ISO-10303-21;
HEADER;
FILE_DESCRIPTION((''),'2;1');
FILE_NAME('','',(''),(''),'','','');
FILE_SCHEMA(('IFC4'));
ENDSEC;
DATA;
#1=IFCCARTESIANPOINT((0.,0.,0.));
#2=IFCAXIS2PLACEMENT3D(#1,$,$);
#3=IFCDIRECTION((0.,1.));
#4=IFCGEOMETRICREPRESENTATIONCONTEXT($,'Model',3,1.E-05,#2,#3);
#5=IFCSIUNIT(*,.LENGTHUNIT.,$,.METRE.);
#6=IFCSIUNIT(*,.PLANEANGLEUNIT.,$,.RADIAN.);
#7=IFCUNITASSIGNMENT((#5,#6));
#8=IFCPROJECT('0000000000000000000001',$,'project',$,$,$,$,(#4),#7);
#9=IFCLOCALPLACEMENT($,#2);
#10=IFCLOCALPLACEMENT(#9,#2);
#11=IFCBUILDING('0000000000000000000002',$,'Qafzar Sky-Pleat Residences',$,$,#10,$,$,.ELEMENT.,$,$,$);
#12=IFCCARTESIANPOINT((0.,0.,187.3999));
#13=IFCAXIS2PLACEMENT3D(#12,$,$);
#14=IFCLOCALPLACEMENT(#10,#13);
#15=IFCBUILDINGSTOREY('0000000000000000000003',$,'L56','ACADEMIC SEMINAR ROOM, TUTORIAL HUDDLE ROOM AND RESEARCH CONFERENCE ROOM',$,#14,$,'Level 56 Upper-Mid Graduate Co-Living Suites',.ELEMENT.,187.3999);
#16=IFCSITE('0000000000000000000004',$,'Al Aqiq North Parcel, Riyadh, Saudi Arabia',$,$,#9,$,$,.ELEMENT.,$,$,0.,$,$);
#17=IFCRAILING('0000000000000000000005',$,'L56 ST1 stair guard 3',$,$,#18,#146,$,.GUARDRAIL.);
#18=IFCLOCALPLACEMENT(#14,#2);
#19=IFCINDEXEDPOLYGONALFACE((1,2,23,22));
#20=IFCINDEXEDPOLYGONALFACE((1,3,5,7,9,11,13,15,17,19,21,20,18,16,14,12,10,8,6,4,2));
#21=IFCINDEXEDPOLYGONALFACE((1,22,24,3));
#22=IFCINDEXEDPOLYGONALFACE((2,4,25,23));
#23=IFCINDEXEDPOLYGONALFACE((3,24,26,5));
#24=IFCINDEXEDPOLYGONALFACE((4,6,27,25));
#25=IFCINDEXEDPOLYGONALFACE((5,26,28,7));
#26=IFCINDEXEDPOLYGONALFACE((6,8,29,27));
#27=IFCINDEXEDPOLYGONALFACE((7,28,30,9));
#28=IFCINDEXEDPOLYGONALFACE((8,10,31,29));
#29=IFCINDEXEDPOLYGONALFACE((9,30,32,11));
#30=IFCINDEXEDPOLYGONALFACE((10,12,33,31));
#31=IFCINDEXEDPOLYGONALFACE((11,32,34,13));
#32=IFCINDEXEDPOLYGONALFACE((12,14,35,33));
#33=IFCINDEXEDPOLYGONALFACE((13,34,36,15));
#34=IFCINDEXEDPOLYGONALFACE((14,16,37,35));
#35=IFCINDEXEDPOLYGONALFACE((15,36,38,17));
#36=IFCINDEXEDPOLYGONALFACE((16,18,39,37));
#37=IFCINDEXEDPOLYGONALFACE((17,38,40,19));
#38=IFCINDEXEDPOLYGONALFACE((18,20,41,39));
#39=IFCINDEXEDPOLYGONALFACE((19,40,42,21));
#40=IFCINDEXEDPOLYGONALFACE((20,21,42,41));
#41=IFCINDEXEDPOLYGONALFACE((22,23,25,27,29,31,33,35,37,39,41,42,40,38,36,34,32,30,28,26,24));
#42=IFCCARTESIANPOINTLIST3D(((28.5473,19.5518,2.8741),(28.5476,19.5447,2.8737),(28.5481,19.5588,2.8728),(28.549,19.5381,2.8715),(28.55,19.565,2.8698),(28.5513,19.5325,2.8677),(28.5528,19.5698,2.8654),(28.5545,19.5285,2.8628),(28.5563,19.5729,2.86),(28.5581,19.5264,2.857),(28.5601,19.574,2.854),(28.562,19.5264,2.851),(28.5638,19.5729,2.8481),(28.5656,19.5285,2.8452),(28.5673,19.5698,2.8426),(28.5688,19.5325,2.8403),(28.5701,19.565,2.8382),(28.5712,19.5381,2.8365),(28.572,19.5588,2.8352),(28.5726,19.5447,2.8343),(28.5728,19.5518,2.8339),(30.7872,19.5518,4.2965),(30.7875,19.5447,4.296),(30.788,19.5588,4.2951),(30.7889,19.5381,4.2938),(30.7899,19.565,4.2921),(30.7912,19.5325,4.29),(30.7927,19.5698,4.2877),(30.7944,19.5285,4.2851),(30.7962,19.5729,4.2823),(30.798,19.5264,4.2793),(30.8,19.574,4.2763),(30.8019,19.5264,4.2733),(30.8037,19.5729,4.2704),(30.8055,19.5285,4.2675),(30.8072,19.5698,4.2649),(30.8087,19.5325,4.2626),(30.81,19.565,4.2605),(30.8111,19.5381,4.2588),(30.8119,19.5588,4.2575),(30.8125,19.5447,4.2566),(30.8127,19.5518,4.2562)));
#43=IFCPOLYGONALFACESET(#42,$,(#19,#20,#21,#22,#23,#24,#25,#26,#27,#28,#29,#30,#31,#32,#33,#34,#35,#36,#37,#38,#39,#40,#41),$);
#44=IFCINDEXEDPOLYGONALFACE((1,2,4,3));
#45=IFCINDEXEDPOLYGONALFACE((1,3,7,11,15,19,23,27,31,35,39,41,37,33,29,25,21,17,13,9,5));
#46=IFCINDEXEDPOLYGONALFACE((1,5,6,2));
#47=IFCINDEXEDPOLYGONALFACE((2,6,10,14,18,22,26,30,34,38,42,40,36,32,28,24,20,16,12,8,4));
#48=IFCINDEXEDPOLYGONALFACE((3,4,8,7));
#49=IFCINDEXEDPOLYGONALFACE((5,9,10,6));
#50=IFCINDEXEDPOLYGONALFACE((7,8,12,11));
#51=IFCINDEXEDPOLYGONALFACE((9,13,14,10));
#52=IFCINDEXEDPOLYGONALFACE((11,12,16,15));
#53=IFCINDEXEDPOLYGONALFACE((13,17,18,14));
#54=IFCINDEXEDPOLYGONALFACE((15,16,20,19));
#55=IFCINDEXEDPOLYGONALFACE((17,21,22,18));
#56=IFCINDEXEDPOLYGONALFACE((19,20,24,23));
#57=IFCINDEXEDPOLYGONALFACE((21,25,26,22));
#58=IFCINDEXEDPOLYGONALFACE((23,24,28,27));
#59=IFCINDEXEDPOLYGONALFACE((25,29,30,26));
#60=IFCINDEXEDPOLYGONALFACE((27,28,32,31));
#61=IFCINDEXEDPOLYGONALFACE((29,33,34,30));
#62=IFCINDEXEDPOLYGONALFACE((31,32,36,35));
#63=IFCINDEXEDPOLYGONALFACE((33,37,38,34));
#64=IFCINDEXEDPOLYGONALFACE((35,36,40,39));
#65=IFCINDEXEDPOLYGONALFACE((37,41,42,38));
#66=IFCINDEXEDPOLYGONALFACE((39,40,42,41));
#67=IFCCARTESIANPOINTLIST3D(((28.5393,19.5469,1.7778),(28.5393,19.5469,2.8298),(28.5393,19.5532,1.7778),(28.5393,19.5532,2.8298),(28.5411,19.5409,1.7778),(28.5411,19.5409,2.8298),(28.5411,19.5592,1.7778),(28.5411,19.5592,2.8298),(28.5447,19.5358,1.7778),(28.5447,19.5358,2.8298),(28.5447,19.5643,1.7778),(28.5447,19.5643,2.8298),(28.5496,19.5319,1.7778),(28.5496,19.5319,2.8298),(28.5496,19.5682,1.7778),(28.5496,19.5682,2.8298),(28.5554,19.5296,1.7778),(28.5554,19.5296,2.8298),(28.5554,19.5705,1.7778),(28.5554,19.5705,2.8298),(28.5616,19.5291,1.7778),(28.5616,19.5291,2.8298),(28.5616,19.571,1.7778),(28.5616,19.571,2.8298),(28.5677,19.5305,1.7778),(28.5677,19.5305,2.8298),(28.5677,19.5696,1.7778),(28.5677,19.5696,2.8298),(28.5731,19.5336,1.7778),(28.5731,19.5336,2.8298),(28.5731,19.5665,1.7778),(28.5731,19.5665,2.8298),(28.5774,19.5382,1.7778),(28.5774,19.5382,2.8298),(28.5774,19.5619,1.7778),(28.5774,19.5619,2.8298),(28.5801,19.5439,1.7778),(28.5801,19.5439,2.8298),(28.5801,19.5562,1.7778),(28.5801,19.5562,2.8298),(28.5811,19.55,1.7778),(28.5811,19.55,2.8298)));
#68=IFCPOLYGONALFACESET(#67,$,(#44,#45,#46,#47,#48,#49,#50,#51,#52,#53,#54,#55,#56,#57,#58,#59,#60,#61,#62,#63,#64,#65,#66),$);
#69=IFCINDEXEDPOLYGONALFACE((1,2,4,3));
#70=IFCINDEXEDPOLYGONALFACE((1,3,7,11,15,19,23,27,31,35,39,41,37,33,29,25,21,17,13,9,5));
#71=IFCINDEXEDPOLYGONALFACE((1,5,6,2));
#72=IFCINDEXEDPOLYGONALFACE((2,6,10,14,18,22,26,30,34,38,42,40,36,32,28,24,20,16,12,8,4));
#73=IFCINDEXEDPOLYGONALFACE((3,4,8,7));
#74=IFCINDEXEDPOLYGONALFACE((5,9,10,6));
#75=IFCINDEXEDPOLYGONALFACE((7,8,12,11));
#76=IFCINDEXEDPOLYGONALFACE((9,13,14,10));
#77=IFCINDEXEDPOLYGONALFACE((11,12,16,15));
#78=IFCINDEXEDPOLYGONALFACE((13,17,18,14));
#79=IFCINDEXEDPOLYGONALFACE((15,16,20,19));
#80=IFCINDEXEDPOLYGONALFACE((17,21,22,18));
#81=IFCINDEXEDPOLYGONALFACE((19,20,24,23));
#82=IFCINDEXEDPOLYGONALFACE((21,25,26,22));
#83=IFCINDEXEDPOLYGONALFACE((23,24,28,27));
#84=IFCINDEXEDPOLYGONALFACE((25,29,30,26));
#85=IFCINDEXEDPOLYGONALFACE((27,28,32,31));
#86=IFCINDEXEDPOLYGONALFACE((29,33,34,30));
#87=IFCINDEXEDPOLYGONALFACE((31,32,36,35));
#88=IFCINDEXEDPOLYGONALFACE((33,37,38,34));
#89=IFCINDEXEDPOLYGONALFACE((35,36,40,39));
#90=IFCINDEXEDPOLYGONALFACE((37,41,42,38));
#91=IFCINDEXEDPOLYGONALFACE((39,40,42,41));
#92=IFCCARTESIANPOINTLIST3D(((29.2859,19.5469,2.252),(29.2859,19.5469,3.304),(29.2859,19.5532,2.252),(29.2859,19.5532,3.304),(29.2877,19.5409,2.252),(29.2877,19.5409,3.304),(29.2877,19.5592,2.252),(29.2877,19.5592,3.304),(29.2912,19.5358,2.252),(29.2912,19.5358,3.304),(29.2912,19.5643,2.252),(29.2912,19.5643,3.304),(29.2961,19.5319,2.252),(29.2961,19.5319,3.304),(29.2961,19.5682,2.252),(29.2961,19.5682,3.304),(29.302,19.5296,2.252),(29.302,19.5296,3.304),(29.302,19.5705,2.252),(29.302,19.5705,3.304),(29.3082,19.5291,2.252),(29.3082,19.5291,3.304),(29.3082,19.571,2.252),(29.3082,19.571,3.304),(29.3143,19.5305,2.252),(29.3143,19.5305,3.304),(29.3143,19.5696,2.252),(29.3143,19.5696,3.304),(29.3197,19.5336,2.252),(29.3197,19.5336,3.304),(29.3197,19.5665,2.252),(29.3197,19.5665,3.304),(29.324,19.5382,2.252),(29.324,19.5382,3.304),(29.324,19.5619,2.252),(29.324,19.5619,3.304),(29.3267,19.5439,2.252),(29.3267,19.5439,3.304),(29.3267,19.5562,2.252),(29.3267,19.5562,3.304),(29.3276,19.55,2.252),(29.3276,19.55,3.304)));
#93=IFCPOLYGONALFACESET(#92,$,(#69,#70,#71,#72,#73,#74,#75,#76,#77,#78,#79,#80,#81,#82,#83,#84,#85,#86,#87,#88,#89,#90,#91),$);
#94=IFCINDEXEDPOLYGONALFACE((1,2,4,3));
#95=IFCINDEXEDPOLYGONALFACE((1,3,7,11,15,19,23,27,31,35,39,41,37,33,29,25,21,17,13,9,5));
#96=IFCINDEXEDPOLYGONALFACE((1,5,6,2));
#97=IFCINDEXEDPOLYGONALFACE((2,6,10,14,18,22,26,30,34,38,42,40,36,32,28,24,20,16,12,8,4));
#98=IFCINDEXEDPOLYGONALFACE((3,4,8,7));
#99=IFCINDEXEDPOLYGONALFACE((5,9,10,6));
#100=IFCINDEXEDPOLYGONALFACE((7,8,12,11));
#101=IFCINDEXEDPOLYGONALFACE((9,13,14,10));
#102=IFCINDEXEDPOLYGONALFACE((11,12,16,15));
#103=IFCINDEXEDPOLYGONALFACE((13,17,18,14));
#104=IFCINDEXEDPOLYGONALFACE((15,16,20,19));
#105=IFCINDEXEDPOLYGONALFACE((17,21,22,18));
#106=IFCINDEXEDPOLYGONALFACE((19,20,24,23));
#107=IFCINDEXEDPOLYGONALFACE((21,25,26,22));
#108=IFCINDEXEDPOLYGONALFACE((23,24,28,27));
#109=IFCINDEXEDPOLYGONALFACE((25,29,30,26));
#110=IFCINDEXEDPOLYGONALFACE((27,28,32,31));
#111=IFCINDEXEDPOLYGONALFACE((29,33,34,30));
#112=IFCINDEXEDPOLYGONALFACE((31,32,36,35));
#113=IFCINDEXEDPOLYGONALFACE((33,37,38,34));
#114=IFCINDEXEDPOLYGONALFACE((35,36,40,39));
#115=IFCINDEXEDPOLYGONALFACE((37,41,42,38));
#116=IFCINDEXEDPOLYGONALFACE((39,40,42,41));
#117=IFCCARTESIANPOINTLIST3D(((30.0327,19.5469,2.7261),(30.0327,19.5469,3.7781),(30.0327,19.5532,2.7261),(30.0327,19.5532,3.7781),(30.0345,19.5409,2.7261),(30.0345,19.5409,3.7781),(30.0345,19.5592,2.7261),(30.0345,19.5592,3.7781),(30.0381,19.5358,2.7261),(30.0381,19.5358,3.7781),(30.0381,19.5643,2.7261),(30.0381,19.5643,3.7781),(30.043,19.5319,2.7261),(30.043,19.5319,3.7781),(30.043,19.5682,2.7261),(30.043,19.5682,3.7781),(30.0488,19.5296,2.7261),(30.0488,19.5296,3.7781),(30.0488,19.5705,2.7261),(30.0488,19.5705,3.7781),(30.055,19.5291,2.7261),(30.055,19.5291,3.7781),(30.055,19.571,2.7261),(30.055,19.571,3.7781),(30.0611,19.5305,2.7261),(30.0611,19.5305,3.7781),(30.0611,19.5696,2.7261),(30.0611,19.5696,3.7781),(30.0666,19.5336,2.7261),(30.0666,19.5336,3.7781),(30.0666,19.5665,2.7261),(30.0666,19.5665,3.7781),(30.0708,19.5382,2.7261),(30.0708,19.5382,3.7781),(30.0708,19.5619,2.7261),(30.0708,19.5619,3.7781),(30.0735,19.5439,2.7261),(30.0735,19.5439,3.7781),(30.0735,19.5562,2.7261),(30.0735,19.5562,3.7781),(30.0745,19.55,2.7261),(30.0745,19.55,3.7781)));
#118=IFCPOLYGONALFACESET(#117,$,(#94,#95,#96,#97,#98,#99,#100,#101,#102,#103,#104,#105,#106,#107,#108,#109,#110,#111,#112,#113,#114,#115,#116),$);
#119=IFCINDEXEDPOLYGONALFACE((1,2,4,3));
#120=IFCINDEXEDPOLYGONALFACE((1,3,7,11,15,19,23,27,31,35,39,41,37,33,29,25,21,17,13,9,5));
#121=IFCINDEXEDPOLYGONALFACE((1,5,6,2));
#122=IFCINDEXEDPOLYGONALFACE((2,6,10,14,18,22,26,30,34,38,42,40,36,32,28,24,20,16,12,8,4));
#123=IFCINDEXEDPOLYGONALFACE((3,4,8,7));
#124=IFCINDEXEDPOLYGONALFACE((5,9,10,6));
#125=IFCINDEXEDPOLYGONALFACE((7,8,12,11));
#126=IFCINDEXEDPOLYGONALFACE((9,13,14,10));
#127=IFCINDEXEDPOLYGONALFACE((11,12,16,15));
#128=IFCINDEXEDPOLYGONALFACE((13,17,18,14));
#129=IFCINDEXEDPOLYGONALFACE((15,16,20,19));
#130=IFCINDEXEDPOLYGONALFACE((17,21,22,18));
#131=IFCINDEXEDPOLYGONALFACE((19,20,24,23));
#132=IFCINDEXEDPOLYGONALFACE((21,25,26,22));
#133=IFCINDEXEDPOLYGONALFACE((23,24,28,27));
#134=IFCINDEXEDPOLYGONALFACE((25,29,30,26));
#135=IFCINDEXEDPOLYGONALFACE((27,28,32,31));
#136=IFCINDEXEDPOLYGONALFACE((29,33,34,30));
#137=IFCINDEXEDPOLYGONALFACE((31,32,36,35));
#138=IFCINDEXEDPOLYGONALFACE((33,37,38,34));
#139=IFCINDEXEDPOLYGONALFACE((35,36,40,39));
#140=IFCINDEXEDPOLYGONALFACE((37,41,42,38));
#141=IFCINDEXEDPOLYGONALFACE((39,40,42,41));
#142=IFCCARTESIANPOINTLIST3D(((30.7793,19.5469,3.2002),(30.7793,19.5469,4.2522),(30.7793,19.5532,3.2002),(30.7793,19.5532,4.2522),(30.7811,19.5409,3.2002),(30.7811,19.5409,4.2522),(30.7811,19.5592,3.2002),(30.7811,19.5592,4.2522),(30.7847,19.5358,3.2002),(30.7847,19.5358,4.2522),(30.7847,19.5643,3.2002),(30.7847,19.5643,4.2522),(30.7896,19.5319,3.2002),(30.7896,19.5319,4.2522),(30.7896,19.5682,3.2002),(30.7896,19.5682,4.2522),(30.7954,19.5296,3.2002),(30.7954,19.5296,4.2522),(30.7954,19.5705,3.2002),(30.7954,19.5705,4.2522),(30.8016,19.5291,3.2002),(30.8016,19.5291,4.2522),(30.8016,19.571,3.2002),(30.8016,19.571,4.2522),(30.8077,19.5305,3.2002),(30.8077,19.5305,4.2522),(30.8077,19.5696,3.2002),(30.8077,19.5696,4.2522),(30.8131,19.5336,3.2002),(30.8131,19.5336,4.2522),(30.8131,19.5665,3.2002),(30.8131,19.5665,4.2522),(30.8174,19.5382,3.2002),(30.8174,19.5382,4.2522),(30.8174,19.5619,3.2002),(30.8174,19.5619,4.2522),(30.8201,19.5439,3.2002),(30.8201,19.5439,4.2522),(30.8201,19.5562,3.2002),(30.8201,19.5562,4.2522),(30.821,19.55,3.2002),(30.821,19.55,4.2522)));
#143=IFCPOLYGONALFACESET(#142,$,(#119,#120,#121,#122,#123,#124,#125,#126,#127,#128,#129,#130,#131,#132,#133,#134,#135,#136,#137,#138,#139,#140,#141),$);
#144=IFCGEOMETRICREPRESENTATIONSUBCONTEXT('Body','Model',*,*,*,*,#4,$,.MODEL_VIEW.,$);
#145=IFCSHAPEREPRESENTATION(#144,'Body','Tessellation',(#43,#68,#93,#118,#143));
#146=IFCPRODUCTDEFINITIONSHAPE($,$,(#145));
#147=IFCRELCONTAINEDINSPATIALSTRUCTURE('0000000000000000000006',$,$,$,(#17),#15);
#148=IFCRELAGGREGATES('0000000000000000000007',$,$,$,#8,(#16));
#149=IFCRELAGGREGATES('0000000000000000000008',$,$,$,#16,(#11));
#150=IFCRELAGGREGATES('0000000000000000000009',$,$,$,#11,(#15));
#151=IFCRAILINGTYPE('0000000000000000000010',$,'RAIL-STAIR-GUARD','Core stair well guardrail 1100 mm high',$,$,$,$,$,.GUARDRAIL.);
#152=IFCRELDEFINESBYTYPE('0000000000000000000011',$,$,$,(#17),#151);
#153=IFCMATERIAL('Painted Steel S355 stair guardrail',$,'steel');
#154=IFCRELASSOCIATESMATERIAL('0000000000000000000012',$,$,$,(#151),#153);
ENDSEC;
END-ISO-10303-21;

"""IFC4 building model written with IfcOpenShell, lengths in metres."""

from ifc_helpers import new_model, si_unit, direction, frame, origin, origin_2d, place, context, subcontext, project, spatial, circle, extrude, source, transform, mapped, material, type_object, element, save


model = new_model("IFC4")

# Units and contexts
model_context = context("Model", 3, precision=1e-05, world=origin(), true_north=direction((0.0, 1.0)))
body_context = subcontext(model_context, "Body", "Model", "MODEL_VIEW")
ifc_project = project(units=[si_unit("LENGTHUNIT", "METRE"), si_unit("PLANEANGLEUNIT", "RADIAN")], contexts=[model_context])

# Site, building, storey
site_placement = place(None, origin())
site = spatial("IfcSite", under=ifc_project, at=site_placement, Name="Al Aqiq North Parcel, Riyadh, Saudi Arabia", CompositionType="ELEMENT", RefElevation=0.0)
building_placement = place(site_placement, origin())
building = spatial("IfcBuilding", under=site, at=building_placement, Name="Qafzar Sky-Pleat Residences", CompositionType="ELEMENT")
storey_placement = place(building_placement, frame((0.0, 0.0, 187.3999)))
storey = spatial("IfcBuildingStorey", under=building, at=storey_placement, Name="L56", Description="ACADEMIC SEMINAR ROOM, TUTORIAL HUDDLE ROOM AND RESEARCH CONFERENCE ROOM", LongName="Level 56 Upper-Mid Graduate Co-Living Suites", CompositionType="ELEMENT", Elevation=187.3999)

# Railing
ifc_material_1 = material(Name="Painted Steel S355 stair guardrail", Category="steel")
railing_type_1 = type_object("IfcRailingType", Name="RAIL-STAIR-GUARD", Description="Core stair well guardrail 1100 mm high", PredefinedType="GUARDRAIL", material=ifc_material_1)
shared_shape_1 = source(origin(), body_context, "Body", "SweptSolid", [
    extrude(circle(Radius=0.0239, at=origin_2d()), frame((0.0, 0.0, 1.0762), z_axis=(0.844188, 0.0, 0.536048), x_axis=(0.0, 1.0, 0.0)), (0.0, 0.0, 1.0), 2.6533),
    extrude(circle(Radius=0.021, at=origin_2d()), origin(), (0.0, 0.0, 1.0), 1.052),
    extrude(circle(Radius=0.021, at=origin_2d()), frame((0.7466, 0.0, 0.4741)), (0.0, 0.0, 1.0), 1.052),
    extrude(circle(Radius=0.021, at=origin_2d()), frame((1.4934, 0.0, 0.9482)), (0.0, 0.0, 1.0), 1.052),
    extrude(circle(Radius=0.021, at=origin_2d()), frame((2.24, 0.0, 1.4224)), (0.0, 0.0, 1.0), 1.052),
])
railing_1_placement = place(storey_placement, frame((28.5601, 19.55, 1.7778)))
element("IfcRailing", 1, at=railing_1_placement, inside=storey, type_object=railing_type_1, Name="L56 ST1 stair guard 3", PredefinedType="GUARDRAIL", context=body_context, shape_type="MappedRepresentation", body=[
    mapped(shared_shape_1, transform((0.0, 0.0, 0.0), x_axis=(1.0, 0.0, 0.0), y_axis=(0.0, 1.0, 0.0), z_axis=(0.0, 0.0, 1.0), scale=1.0)),
])

save(model, "model.ifc")
